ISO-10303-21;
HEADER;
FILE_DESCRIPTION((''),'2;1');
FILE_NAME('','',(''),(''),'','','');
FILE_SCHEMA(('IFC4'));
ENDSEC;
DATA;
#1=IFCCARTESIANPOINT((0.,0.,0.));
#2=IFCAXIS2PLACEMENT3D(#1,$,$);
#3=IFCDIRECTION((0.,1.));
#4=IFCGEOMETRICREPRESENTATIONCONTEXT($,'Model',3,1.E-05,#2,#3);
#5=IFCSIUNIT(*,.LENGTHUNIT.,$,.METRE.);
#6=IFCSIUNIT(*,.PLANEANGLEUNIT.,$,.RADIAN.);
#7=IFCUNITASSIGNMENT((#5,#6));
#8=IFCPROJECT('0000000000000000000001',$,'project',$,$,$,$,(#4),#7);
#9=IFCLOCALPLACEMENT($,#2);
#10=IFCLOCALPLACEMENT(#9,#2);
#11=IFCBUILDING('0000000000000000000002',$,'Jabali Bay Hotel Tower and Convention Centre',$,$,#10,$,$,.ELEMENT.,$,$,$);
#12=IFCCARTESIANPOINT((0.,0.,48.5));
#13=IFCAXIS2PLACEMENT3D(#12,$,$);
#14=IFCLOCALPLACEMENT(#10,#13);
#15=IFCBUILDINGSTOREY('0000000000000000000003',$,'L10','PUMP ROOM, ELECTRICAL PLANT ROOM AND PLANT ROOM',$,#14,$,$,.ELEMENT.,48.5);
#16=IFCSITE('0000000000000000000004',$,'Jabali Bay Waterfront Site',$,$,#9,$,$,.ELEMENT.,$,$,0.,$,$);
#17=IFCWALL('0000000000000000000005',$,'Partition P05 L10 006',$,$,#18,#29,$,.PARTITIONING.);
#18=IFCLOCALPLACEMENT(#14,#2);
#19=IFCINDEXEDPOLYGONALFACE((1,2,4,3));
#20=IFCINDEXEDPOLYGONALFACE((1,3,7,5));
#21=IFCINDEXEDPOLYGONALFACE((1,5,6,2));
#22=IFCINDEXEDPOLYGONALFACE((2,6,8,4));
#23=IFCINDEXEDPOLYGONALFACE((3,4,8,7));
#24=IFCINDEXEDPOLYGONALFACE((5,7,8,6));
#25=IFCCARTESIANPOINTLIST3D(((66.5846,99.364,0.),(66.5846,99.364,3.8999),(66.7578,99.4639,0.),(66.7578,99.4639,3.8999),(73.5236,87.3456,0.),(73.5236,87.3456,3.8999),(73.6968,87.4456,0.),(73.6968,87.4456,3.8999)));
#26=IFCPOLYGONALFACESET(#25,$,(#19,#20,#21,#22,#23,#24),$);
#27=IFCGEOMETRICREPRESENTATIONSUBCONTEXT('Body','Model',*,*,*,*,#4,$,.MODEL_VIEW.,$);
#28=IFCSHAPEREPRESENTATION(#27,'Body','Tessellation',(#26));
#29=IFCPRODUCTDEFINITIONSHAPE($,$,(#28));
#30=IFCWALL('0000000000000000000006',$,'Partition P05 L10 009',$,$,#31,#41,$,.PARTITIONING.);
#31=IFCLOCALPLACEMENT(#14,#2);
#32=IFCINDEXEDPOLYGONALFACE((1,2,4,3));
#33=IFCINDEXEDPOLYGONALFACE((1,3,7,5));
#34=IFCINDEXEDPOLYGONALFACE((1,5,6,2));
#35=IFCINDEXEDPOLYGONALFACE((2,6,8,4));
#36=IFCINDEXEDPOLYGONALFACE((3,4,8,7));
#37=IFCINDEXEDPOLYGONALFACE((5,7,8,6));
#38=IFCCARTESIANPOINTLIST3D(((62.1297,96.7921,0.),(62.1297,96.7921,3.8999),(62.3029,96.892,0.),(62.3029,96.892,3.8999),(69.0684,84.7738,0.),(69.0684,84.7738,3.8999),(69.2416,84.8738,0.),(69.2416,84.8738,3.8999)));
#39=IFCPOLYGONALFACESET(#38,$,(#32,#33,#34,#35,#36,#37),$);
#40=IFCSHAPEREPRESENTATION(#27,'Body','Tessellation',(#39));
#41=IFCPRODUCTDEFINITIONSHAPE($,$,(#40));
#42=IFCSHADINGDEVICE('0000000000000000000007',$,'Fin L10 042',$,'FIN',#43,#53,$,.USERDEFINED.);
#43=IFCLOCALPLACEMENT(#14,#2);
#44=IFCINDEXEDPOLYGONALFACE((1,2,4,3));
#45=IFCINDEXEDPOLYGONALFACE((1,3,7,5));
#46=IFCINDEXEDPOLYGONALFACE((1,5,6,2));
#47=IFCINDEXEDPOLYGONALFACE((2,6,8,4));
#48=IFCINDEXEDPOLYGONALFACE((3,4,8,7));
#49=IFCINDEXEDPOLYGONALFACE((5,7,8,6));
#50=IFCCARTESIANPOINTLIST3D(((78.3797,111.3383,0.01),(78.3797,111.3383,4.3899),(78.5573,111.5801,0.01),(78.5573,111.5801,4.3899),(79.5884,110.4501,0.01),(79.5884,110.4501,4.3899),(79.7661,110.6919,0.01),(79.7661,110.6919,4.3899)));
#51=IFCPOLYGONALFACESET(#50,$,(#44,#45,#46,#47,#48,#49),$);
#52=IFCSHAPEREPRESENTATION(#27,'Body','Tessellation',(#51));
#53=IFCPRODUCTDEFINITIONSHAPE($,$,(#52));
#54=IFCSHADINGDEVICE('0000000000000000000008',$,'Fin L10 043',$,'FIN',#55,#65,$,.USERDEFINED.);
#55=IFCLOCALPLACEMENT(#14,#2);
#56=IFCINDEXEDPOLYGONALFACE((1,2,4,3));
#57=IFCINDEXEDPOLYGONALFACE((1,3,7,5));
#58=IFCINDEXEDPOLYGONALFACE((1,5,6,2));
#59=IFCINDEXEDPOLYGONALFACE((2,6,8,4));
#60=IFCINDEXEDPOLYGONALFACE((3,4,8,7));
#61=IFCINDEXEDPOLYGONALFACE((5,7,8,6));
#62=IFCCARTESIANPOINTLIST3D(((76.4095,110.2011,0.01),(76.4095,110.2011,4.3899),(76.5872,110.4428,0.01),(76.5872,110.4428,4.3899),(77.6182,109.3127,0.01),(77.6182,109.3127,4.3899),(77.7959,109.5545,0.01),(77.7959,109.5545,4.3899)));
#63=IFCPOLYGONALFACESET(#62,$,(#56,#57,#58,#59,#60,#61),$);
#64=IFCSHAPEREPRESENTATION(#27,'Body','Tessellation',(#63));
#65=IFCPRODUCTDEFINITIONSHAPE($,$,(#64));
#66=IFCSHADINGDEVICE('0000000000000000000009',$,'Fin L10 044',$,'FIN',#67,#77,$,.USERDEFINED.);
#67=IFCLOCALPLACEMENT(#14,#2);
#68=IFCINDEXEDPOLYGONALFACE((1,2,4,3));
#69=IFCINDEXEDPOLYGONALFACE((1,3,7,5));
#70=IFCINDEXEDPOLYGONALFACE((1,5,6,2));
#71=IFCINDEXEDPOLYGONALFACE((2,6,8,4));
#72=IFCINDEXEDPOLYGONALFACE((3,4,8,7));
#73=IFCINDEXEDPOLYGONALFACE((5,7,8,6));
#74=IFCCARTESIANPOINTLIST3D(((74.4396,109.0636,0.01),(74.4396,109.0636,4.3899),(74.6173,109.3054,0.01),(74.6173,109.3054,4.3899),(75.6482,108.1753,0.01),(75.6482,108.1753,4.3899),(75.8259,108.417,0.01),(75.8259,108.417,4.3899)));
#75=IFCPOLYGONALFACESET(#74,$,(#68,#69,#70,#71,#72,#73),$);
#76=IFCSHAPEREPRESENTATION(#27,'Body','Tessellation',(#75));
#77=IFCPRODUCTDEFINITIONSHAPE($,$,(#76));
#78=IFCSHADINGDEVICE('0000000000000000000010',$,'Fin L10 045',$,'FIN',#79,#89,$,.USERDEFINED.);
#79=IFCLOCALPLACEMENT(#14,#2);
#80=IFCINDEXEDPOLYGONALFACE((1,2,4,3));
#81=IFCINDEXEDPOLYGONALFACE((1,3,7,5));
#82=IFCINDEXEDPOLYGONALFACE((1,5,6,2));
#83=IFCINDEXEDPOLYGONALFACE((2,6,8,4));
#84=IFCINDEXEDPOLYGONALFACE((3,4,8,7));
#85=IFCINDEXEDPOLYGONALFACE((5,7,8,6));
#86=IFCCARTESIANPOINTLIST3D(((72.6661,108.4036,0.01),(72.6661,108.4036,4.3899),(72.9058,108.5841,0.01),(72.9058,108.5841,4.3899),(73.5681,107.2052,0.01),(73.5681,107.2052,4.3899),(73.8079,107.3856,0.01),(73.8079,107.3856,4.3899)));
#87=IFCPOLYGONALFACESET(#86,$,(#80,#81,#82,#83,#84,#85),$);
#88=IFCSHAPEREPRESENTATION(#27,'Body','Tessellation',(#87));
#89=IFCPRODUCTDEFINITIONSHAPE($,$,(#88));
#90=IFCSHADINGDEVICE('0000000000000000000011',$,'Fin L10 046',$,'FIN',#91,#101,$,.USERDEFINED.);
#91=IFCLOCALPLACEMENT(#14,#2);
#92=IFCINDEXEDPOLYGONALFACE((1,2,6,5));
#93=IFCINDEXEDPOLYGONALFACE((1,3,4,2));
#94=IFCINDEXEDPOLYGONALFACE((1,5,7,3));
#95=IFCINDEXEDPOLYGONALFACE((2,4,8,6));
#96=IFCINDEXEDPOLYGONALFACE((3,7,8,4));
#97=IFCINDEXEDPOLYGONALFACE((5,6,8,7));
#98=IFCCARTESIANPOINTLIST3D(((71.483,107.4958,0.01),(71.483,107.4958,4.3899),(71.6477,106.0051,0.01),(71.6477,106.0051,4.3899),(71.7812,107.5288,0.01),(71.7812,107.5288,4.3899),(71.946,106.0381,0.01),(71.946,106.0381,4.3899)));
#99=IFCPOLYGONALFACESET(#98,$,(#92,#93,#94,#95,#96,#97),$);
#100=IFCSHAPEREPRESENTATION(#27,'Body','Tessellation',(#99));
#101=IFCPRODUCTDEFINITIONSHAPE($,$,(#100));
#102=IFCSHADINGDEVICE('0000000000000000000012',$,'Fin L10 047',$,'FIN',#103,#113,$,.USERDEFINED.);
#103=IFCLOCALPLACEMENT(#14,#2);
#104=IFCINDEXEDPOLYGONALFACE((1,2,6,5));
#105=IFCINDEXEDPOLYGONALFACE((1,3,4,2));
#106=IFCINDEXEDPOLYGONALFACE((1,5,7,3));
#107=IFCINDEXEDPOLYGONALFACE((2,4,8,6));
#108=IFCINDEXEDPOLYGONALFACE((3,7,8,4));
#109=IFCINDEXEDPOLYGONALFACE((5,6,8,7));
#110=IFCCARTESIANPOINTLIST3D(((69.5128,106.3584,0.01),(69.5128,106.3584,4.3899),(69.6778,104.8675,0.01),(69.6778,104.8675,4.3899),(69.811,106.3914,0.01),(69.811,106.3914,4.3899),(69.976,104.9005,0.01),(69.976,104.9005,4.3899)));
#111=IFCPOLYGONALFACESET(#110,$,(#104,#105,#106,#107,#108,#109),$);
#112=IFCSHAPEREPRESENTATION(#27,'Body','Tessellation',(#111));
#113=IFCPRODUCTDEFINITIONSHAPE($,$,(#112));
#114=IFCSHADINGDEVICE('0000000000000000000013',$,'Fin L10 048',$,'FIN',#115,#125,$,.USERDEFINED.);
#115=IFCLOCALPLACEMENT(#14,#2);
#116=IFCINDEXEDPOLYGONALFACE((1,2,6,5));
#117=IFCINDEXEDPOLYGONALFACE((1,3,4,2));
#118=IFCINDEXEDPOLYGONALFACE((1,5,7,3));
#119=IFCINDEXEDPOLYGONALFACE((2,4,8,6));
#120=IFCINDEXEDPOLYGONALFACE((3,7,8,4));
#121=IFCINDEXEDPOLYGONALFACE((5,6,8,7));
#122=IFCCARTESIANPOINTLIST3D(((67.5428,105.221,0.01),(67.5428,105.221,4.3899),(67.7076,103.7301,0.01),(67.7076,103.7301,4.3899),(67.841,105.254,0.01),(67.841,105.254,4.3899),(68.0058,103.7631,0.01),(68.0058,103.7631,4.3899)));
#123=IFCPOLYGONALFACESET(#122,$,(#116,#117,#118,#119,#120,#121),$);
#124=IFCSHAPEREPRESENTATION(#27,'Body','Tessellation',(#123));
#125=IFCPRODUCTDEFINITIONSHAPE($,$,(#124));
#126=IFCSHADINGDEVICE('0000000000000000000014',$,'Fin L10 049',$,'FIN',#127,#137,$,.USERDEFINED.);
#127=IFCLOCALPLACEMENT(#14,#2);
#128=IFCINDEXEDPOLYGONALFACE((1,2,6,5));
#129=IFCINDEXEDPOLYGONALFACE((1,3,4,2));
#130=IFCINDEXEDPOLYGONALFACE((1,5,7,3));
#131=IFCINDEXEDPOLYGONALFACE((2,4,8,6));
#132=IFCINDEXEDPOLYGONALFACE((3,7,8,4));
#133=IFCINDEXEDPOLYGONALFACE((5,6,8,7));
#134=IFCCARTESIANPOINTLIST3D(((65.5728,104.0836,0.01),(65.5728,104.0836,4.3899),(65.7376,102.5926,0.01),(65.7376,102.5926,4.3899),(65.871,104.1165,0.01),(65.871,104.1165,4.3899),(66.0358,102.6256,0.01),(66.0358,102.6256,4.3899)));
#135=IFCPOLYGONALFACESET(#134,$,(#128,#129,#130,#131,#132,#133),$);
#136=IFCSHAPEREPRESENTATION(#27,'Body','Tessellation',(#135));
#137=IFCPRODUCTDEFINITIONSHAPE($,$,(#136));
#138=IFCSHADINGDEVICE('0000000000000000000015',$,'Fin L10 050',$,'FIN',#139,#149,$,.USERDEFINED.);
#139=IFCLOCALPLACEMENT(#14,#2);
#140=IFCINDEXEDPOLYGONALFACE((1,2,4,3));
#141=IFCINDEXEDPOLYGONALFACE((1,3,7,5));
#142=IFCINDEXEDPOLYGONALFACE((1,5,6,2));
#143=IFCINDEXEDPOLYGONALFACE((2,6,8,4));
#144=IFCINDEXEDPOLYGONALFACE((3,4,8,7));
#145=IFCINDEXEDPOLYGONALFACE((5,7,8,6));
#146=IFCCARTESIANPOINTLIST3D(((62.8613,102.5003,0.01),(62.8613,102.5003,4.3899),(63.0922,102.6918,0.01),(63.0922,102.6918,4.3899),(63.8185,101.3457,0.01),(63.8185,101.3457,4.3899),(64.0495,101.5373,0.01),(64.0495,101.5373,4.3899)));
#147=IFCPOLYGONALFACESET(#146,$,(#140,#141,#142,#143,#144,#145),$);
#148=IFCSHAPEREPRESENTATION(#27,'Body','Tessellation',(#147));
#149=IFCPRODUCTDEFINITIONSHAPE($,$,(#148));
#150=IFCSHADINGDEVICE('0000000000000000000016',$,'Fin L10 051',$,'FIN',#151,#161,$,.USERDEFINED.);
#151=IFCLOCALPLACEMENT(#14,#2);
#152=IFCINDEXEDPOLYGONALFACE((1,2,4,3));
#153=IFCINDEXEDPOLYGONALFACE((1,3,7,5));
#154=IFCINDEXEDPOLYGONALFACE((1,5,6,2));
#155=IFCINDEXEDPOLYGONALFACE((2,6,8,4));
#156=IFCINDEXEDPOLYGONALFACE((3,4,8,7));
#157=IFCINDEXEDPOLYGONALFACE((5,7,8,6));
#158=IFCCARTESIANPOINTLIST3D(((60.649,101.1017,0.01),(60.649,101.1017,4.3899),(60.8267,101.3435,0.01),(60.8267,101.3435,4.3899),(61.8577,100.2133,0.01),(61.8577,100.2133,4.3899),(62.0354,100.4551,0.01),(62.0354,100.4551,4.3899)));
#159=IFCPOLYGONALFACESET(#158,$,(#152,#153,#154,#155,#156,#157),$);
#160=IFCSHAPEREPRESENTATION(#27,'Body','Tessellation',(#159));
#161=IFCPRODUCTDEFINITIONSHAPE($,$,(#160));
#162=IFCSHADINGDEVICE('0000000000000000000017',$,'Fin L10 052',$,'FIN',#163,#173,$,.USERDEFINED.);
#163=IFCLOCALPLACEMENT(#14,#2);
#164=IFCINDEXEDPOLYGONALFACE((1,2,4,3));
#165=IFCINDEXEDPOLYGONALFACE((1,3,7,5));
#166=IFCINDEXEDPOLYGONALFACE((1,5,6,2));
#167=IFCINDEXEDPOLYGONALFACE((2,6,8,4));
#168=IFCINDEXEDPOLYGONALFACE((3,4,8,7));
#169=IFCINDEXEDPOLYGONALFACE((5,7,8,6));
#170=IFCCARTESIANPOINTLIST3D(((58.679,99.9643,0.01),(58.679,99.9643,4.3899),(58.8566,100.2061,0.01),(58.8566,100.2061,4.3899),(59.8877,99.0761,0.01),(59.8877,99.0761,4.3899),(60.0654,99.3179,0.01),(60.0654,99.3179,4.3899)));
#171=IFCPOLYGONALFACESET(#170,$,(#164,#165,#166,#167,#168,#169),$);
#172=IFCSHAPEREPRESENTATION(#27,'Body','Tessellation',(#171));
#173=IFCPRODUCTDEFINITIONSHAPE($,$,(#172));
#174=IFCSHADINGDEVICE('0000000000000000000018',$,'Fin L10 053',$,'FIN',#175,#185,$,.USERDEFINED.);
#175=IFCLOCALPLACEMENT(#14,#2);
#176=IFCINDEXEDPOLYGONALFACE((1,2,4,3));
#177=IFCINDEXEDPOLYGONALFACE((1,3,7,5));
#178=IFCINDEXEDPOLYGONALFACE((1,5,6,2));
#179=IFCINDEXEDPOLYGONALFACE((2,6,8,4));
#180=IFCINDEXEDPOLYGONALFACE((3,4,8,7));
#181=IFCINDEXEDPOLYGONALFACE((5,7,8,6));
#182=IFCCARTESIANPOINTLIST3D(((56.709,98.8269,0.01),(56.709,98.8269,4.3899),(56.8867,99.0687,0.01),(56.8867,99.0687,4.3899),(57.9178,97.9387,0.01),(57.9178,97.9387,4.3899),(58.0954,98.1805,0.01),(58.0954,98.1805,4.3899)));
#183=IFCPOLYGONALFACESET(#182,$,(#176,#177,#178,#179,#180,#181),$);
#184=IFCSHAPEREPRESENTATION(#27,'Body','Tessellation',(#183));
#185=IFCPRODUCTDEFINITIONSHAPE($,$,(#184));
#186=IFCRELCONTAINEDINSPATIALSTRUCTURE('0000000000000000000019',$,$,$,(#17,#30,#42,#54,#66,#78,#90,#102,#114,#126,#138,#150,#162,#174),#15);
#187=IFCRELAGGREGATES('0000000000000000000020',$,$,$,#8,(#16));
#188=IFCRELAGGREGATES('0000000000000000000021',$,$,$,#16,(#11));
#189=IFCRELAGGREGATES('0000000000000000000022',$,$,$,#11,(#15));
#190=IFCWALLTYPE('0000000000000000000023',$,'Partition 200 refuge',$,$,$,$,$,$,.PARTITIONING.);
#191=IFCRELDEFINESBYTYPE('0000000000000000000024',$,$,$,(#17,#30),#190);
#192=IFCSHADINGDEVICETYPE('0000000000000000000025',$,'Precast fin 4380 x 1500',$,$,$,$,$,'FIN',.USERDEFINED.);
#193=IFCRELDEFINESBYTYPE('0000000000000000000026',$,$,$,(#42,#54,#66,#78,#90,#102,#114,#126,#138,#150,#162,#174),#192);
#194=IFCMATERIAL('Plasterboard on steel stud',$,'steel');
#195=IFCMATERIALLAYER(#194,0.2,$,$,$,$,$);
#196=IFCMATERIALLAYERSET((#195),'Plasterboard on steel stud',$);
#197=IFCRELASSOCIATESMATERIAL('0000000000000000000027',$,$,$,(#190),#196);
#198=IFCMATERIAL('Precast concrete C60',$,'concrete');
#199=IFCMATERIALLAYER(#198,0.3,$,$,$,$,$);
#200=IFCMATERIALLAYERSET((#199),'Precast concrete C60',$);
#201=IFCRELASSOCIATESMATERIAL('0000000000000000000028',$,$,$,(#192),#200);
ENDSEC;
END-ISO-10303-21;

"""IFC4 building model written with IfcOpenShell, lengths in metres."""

from ifc_helpers import new_model, si_unit, direction, frame, frame_2d, origin, place, context, subcontext, project, spatial, rectangle, extrude, material, layer, layer_set, type_object, element, save


model = new_model("IFC4")

# Units and contexts
model_context = context("Model", 3, precision=1e-05, world=origin(), true_north=direction((0.0, 1.0)))
body_context = subcontext(model_context, "Body", "Model", "MODEL_VIEW")
ifc_project = project(units=[si_unit("LENGTHUNIT", "METRE"), si_unit("PLANEANGLEUNIT", "RADIAN")], contexts=[model_context])

# Site, building, storey
site_placement = place(None, origin())
site = spatial("IfcSite", under=ifc_project, at=site_placement, Name="Jabali Bay Waterfront Site", CompositionType="ELEMENT", RefElevation=0.0)
building_placement = place(site_placement, origin())
building = spatial("IfcBuilding", under=site, at=building_placement, Name="Jabali Bay Hotel Tower and Convention Centre", CompositionType="ELEMENT")
storey_placement = place(building_placement, frame((0.0, 0.0, 48.5)))
storey = spatial("IfcBuildingStorey", under=building, at=storey_placement, Name="L10", Description="PUMP ROOM, ELECTRICAL PLANT ROOM AND PLANT ROOM", CompositionType="ELEMENT", Elevation=48.5)

# Walls
ifc_material_1 = material(Name="Plasterboard on steel stud", Category="steel")
ifc_layer_1 = layer(ifc_material_1, 0.2)
ifc_layer_set_1 = layer_set([ifc_layer_1], Name="Plasterboard on steel stud")
wall_type_1 = type_object("IfcWallType", Name="Partition 200 refuge", PredefinedType="PARTITIONING", material=ifc_layer_set_1)
wall_1_placement = place(storey_placement, frame((66.6711, 99.4141, 0.0), z_axis=(0.0, 0.0, 1.0), x_axis=(0.50001, -0.866019, 0.0)))
element("IfcWall", 1, at=wall_1_placement, inside=storey, type_object=wall_type_1, Name="Partition P05 L10 006", PredefinedType="PARTITIONING", context=body_context, shape_type="SweptSolid", body=[
    extrude(rectangle(XDim=13.8777, YDim=0.2, at=frame_2d((6.939, 0.0))), origin(), (0.0, 0.0, 1.0), 3.8999),
])
wall_2_placement = place(storey_placement, frame((62.2163, 96.842, 0.0), z_axis=(0.0, 0.0, 1.0), x_axis=(0.499997, -0.866027, 0.0)))
element("IfcWall", 2, at=wall_2_placement, inside=storey, type_object=wall_type_1, Name="Partition P05 L10 009", PredefinedType="PARTITIONING", context=body_context, shape_type="SweptSolid", body=[
    extrude(rectangle(XDim=13.8774, YDim=0.2, at=frame_2d((6.9387, 0.0))), origin(), (0.0, 0.0, 1.0), 3.8999),
])

# Shading devices
ifc_material_2 = material(Name="Precast concrete C60", Category="concrete")
ifc_layer_2 = layer(ifc_material_2, 0.3)
ifc_layer_set_2 = layer_set([ifc_layer_2], Name="Precast concrete C60")
shading_device_type = type_object("IfcShadingDeviceType", Name="Precast fin 4380 x 1500", ElementType="FIN", PredefinedType="USERDEFINED", material=ifc_layer_set_2)
for number, where, z_axis, x_axis, name in (
    (3, (79.6772, 110.571, 0.01), (0.0, 0.0, 1.0), (-0.805841, 0.592133, 0.0), "Fin L10 042"),
    (4, (77.707, 109.4336, 0.01), (0.0, 0.0, 1.0), (-0.805763, 0.592238, 0.0), "Fin L10 043"),
    (5, (75.7371, 108.2961, 0.01), (0.0, 0.0, 1.0), (-0.805763, 0.592238, 0.0), "Fin L10 044"),
    (6, (73.688, 107.2954, 0.01), (0.0, 0.0, 1.0), (-0.601379, 0.798964, 0.0), "Fin L10 045"),
):
    element("IfcShadingDevice", number, at=place(storey_placement, frame(where, z_axis=z_axis, x_axis=x_axis)), inside=storey, type_object=shading_device_type, Name=name, ObjectType="FIN", PredefinedType="USERDEFINED", context=body_context, shape_type="SweptSolid", body=[
        extrude(rectangle(XDim=1.5, YDim=0.3, at=frame_2d((0.75, 0.0))), origin(), (0.0, 0.0, 1.0), 4.3799),
    ])
shading_device_1_placement = place(storey_placement, frame((71.7969, 106.0215, 0.01), z_axis=(0.0, 0.0, 1.0), x_axis=(-0.109878, 0.993945, 0.0)))
element("IfcShadingDevice", 7, at=shading_device_1_placement, inside=storey, type_object=shading_device_type, Name="Fin L10 046", ObjectType="FIN", PredefinedType="USERDEFINED", context=body_context, shape_type="SweptSolid", body=[
    extrude(rectangle(XDim=1.4998, YDim=0.3, at=frame_2d((0.75, 0.0))), origin(), (0.0, 0.0, 1.0), 4.3799),
])
for number, where, z_axis, x_axis, name in (
    (8, (69.8269, 104.884, 0.01), (0.0, 0.0, 1.0), (-0.110021, 0.993929, 0.0), "Fin L10 047"),
    (9, (67.8567, 103.7466, 0.01), (0.0, 0.0, 1.0), (-0.10986, 0.993947, 0.0), "Fin L10 048"),
    (10, (65.8867, 102.6091, 0.01), (0.0, 0.0, 1.0), (-0.10986, 0.993947, 0.0), "Fin L10 049"),
):
    element("IfcShadingDevice", number, at=place(storey_placement, frame(where, z_axis=z_axis, x_axis=x_axis)), inside=storey, type_object=shading_device_type, Name=name, ObjectType="FIN", PredefinedType="USERDEFINED", context=body_context, shape_type="SweptSolid", body=[
        extrude(rectangle(XDim=1.5, YDim=0.3, at=frame_2d((0.75, 0.0))), origin(), (0.0, 0.0, 1.0), 4.3799),
    ])
shading_device_2_placement = place(storey_placement, frame((63.9341, 101.4414, 0.01), z_axis=(0.0, 0.0, 1.0), x_axis=(-0.638277, 0.769807, 0.0)))
element("IfcShadingDevice", 11, at=shading_device_2_placement, inside=storey, type_object=shading_device_type, Name="Fin L10 050", ObjectType="FIN", PredefinedType="USERDEFINED", context=body_context, shape_type="SweptSolid", body=[
    extrude(rectangle(XDim=1.4998, YDim=0.3, at=frame_2d((0.75, 0.0))), origin(), (0.0, 0.0, 1.0), 4.3799),
])
for number, where, z_axis, x_axis, name in (
    (12, (61.9465, 100.3342, 0.01), (0.0, 0.0, 1.0), (-0.805763, 0.592238, 0.0), "Fin L10 051"),
    (13, (59.9766, 99.197, 0.01), (0.0, 0.0, 1.0), (-0.805841, 0.592133, 0.0), "Fin L10 052"),
    (14, (58.0066, 98.0596, 0.01), (0.0, 0.0, 1.0), (-0.805841, 0.592133, 0.0), "Fin L10 053"),
):
    element("IfcShadingDevice", number, at=place(storey_placement, frame(where, z_axis=z_axis, x_axis=x_axis)), inside=storey, type_object=shading_device_type, Name=name, ObjectType="FIN", PredefinedType="USERDEFINED", context=body_context, shape_type="SweptSolid", body=[
        extrude(rectangle(XDim=1.5, YDim=0.3, at=frame_2d((0.75, 0.0))), origin(), (0.0, 0.0, 1.0), 4.3799),
    ])

save(model, "model.ifc")
